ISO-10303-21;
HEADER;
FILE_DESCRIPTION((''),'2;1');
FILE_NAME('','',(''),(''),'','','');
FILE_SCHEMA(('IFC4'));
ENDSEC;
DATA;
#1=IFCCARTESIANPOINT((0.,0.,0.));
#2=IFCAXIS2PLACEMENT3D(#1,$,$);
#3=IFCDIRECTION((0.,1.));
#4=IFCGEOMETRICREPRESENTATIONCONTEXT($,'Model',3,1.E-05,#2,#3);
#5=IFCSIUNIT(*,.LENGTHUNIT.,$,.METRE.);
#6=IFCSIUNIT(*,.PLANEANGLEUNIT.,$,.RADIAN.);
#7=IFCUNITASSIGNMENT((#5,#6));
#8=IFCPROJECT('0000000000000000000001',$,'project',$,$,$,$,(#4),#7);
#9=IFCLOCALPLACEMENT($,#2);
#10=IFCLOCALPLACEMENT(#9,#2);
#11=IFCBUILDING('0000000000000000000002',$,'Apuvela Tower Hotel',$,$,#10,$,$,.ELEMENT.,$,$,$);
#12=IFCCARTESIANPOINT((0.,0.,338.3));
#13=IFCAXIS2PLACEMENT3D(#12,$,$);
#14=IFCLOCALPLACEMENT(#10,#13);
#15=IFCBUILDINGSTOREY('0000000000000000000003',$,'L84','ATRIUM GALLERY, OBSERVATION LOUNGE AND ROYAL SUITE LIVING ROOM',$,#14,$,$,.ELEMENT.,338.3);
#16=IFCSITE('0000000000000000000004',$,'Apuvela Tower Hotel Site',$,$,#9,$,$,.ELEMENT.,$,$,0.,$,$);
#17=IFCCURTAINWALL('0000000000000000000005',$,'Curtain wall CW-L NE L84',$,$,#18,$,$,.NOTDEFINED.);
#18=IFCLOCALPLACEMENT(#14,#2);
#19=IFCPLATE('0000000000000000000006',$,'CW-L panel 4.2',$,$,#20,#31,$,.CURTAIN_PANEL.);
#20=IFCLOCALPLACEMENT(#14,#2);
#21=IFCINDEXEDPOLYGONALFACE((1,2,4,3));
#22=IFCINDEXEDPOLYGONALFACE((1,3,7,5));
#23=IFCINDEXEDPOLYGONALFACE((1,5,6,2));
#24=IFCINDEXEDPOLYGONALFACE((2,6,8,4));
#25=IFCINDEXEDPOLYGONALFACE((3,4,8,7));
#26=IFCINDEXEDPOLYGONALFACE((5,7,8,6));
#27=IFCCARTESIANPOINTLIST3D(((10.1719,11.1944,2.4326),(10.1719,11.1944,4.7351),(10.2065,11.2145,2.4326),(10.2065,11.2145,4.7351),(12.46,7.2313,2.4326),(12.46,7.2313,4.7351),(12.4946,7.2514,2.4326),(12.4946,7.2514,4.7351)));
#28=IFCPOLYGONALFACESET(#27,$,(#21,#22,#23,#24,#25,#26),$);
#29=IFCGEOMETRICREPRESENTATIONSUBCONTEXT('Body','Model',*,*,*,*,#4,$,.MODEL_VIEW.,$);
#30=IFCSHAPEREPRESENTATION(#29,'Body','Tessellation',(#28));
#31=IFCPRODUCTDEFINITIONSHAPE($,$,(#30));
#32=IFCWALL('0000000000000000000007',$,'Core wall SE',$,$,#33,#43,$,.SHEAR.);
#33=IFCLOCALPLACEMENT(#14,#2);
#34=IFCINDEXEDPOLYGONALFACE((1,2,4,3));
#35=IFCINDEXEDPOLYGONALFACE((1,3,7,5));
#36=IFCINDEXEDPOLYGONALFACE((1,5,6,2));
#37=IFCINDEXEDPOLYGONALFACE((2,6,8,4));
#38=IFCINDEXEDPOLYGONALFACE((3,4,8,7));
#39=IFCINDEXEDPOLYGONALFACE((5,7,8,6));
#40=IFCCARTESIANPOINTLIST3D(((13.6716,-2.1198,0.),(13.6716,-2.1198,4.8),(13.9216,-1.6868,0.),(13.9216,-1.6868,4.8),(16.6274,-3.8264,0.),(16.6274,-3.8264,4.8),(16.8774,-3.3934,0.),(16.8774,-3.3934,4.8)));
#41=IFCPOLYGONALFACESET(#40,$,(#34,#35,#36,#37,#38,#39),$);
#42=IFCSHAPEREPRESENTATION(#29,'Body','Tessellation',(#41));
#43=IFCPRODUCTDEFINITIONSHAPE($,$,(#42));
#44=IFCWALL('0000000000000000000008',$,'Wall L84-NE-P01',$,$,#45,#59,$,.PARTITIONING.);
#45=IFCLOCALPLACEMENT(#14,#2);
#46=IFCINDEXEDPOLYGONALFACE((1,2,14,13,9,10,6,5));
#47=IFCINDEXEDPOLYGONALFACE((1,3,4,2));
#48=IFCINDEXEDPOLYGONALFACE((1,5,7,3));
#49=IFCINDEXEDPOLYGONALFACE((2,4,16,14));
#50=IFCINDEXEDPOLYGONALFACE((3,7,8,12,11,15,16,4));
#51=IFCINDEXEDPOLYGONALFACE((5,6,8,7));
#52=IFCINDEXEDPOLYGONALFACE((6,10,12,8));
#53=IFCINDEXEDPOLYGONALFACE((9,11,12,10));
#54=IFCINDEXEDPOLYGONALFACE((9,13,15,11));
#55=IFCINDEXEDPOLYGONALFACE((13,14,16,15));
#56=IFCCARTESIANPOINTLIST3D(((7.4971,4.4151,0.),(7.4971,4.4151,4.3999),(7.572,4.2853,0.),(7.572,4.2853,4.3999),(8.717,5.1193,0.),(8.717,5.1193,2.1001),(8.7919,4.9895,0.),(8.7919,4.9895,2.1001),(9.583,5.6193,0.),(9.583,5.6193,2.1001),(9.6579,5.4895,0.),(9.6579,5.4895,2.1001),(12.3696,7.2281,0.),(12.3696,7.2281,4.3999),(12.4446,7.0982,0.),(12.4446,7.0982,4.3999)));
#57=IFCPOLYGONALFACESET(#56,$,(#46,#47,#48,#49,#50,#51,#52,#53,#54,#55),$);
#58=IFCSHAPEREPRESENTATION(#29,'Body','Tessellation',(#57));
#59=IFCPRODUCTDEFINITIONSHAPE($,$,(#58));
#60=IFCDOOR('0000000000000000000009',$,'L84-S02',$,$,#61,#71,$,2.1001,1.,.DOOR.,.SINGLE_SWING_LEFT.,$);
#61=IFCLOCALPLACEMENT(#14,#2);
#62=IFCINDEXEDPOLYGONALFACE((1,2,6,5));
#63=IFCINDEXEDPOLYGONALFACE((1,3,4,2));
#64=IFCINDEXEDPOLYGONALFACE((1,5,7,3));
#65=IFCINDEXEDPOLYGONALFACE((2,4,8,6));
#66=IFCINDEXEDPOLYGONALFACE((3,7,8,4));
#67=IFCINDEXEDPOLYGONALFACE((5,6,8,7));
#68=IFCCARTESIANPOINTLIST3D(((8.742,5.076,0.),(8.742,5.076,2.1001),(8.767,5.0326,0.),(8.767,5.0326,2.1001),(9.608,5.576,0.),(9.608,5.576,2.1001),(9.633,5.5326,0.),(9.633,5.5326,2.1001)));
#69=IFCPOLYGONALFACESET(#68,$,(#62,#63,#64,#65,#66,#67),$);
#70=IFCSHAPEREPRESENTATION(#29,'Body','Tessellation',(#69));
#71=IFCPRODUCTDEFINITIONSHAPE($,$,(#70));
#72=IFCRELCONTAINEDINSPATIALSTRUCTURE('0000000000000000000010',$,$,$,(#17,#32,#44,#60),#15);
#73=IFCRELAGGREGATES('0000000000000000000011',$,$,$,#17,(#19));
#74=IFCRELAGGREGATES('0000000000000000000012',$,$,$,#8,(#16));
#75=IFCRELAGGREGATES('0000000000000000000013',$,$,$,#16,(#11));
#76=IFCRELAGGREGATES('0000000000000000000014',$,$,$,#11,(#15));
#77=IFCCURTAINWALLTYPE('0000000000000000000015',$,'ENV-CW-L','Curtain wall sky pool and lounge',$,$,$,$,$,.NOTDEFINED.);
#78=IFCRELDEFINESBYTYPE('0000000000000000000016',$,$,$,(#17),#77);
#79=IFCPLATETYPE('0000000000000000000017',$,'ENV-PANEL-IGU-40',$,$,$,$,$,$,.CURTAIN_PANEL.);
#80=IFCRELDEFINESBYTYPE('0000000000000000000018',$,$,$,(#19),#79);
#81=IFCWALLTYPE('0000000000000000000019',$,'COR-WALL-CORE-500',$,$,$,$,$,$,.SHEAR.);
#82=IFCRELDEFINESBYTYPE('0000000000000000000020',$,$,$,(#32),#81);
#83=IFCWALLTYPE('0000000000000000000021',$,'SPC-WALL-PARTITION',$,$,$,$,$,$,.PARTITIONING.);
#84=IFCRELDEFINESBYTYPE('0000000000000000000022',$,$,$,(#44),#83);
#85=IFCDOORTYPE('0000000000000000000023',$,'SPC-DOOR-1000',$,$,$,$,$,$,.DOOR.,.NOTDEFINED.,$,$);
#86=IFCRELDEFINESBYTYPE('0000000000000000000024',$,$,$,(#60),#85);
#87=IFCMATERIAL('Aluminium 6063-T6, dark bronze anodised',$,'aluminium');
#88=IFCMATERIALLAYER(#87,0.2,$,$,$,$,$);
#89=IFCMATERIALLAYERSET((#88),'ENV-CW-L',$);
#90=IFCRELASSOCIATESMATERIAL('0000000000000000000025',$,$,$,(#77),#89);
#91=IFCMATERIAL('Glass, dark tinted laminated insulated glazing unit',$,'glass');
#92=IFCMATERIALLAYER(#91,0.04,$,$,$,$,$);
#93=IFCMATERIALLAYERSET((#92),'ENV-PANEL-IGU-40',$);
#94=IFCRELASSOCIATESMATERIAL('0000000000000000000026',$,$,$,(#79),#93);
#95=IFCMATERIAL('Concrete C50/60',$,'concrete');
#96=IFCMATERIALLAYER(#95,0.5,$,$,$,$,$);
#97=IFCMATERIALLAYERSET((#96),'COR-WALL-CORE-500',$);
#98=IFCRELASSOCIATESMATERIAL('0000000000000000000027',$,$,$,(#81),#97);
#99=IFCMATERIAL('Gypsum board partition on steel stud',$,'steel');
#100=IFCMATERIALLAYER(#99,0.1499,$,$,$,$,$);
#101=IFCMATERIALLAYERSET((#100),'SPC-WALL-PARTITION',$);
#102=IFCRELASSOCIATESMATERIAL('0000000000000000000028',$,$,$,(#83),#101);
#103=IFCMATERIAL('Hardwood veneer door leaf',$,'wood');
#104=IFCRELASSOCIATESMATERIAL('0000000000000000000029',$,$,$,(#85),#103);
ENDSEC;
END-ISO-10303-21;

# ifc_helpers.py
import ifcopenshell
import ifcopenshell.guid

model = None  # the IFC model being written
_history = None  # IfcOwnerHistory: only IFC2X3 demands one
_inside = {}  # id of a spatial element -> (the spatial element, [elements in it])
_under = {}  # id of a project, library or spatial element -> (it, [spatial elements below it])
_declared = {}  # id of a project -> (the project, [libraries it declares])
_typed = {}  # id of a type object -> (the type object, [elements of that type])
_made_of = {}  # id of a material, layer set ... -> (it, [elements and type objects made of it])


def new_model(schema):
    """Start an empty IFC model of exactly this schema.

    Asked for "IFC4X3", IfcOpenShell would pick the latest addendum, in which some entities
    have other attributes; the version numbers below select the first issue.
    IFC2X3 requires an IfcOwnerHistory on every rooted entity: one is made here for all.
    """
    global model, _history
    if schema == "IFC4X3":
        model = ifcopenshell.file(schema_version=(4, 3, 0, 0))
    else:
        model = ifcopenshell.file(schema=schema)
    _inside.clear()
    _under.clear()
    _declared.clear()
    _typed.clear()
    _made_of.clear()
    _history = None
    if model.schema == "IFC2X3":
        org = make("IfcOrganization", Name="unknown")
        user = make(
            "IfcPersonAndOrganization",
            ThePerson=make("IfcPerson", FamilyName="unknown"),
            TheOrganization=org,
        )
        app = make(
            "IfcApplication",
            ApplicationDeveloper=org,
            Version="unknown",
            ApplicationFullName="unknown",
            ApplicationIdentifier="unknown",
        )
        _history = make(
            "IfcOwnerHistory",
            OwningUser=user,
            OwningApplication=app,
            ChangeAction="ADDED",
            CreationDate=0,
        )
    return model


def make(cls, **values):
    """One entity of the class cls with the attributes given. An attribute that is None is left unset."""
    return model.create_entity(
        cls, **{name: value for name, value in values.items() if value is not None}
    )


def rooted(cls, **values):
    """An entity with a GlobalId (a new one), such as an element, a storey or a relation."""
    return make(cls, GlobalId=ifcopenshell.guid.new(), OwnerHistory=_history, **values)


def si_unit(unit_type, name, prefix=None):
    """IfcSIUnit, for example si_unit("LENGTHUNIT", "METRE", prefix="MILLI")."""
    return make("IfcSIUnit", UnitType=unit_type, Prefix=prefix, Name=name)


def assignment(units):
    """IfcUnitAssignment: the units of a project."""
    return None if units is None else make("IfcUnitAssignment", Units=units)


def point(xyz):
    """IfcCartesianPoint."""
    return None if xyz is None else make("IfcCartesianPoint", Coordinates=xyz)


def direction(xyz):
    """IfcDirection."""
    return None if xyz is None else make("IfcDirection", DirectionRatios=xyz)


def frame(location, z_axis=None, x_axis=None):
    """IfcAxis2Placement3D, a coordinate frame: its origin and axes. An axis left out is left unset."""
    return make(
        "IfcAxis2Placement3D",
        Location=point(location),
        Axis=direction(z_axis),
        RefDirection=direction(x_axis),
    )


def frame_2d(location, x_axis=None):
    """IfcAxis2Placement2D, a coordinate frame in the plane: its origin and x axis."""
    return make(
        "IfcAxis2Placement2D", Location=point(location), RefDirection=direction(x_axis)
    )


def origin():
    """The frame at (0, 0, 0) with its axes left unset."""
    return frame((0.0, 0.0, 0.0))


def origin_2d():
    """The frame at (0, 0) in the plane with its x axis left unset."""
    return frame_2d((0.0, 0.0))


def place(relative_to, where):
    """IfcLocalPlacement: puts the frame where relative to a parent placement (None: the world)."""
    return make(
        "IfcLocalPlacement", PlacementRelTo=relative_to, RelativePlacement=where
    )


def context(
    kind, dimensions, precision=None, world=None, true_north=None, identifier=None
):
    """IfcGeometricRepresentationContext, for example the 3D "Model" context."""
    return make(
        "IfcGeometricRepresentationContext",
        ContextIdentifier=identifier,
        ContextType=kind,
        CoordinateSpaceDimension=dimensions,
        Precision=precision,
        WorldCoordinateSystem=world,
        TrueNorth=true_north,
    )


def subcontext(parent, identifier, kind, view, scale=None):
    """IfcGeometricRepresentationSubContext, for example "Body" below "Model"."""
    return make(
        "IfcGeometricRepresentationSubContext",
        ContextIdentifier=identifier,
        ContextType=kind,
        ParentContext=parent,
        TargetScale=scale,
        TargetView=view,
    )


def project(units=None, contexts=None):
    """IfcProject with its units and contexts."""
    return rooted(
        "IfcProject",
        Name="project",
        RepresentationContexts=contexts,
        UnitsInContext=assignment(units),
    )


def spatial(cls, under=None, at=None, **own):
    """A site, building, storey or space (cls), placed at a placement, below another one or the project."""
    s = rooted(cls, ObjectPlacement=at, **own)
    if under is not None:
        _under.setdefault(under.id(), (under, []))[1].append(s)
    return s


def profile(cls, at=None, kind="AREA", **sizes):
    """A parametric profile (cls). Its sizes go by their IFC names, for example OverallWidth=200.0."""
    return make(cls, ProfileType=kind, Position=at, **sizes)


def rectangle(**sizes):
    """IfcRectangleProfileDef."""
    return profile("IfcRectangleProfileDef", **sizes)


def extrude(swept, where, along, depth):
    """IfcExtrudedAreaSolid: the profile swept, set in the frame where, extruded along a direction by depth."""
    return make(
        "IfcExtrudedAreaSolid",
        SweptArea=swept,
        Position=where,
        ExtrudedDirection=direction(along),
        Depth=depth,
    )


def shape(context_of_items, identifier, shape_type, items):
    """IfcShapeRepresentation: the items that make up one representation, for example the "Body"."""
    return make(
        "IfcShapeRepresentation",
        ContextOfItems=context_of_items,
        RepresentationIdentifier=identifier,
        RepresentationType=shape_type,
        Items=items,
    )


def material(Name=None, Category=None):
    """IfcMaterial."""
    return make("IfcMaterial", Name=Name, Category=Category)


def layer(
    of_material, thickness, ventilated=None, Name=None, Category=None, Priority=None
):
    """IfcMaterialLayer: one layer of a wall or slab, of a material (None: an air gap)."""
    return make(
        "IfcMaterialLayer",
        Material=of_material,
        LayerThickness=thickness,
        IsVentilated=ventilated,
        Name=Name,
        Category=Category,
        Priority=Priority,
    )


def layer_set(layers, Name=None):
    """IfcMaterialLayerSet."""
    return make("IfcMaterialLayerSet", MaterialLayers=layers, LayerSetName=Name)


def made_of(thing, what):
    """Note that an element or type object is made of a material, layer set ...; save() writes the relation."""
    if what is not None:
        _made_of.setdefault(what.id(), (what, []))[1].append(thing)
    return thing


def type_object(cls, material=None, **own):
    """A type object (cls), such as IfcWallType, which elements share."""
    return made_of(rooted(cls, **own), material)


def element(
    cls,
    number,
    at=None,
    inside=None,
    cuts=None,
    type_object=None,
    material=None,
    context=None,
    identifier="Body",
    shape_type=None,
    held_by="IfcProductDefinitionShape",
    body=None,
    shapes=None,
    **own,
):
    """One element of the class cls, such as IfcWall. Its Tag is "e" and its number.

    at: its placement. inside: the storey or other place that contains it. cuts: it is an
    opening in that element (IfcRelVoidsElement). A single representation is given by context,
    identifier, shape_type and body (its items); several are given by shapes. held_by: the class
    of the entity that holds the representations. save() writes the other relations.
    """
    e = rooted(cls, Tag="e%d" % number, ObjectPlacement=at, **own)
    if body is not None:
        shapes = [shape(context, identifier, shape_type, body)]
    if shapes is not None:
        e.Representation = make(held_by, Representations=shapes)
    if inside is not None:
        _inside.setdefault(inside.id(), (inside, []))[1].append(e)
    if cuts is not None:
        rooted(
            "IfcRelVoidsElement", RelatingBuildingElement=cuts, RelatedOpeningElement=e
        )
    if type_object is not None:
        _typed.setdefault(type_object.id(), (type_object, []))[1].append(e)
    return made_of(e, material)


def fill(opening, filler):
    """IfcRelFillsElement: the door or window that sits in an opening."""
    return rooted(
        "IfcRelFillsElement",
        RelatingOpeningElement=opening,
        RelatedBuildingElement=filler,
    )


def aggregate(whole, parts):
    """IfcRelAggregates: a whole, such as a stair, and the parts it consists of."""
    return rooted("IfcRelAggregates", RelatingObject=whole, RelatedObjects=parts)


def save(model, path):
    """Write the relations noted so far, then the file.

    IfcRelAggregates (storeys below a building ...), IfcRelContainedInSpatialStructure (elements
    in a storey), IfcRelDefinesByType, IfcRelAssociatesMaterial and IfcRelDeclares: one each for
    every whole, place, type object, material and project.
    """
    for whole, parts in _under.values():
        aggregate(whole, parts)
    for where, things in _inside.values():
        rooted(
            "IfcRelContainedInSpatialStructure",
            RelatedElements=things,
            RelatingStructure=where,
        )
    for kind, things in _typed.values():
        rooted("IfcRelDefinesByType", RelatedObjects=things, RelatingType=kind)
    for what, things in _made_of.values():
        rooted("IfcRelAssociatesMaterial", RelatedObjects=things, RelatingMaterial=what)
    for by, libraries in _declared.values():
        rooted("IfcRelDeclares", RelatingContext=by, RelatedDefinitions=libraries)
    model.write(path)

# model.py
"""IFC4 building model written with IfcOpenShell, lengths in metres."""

from ifc_helpers import new_model, si_unit, direction, frame, frame_2d, origin, origin_2d, place, context, subcontext, project, spatial, rectangle, extrude, material, layer, layer_set, type_object, element, fill, aggregate, save


model = new_model("IFC4")

# Units and contexts
model_context = context("Model", 3, precision=1e-05, world=origin(), true_north=direction((0.0, 1.0)))
body_context = subcontext(model_context, "Body", "Model", "MODEL_VIEW")
ifc_project = project(units=[si_unit("LENGTHUNIT", "METRE"), si_unit("PLANEANGLEUNIT", "RADIAN")], contexts=[model_context])

# Site, building, storey
site_placement = place(None, origin())
site = spatial("IfcSite", under=ifc_project, at=site_placement, Name="Apuvela Tower Hotel Site", CompositionType="ELEMENT", RefElevation=0.0)
building_placement = place(site_placement, origin())
building = spatial("IfcBuilding", under=site, at=building_placement, Name="Apuvela Tower Hotel", CompositionType="ELEMENT")
storey_placement = place(building_placement, frame((0.0, 0.0, 338.3)))
storey = spatial("IfcBuildingStorey", under=building, at=storey_placement, Name="L84", Description="ATRIUM GALLERY, OBSERVATION LOUNGE AND ROYAL SUITE LIVING ROOM", CompositionType="ELEMENT", Elevation=338.3)

# Curtain wall
ifc_material_1 = material(Name="Aluminium 6063-T6, dark bronze anodised", Category="aluminium")
ifc_layer_1 = layer(ifc_material_1, 0.2)
ifc_layer_set_1 = layer_set([ifc_layer_1], Name="ENV-CW-L")
curtain_wall_type = type_object("IfcCurtainWallType", Name="ENV-CW-L", Description="Curtain wall sky pool and lounge", PredefinedType="NOTDEFINED", material=ifc_layer_set_1)
curtain_wall_placement = place(storey_placement, origin())
curtain_wall = element("IfcCurtainWall", 1, at=curtain_wall_placement, inside=storey, type_object=curtain_wall_type, Name="Curtain wall CW-L NE L84", PredefinedType="NOTDEFINED")

# Shared definitions
ifc_material_2 = material(Name="Concrete C50/60", Category="concrete")

# Plate
ifc_material_3 = material(Name="Glass, dark tinted laminated insulated glazing unit", Category="glass")
ifc_layer_2 = layer(ifc_material_3, 0.04)
ifc_layer_set_2 = layer_set([ifc_layer_2], Name="ENV-PANEL-IGU-40")
plate_type = type_object("IfcPlateType", Name="ENV-PANEL-IGU-40", PredefinedType="CURTAIN_PANEL", material=ifc_layer_set_2)
plate_1_placement = place(storey_placement, frame((11.3333, 9.2229, 2.4326), z_axis=(0.0, 0.0, 1.0), x_axis=(-0.499999, 0.866026, 0.0)))
plate_1 = element("IfcPlate", 2, at=plate_1_placement, type_object=plate_type, Name="CW-L panel 4.2", PredefinedType="CURTAIN_PANEL", context=body_context, shape_type="SweptSolid", body=[
    extrude(rectangle(XDim=4.5762, YDim=0.04, at=origin_2d()), origin(), (0.0, 0.0, 1.0), 2.3025),
])
aggregate(curtain_wall, [plate_1])

# Wall
ifc_layer_3 = layer(ifc_material_2, 0.5)
ifc_layer_set_3 = layer_set([ifc_layer_3], Name="COR-WALL-CORE-500")
wall_type_1 = type_object("IfcWallType", Name="COR-WALL-CORE-500", PredefinedType="SHEAR", material=ifc_layer_set_3)
wall_1_placement = place(storey_placement, frame((13.7966, -1.9033, 0.0), z_axis=(0.0, 0.0, 1.0), x_axis=(0.866025, -0.500001, 0.0)))
element("IfcWall", 3, at=wall_1_placement, inside=storey, type_object=wall_type_1, Name="Core wall SE", PredefinedType="SHEAR", context=body_context, shape_type="SweptSolid", body=[
    extrude(rectangle(XDim=3.4131, YDim=0.5, at=frame_2d((1.7065, 0.0))), origin(), (0.0, 0.0, 1.0), 4.8),
])

# Wall, opening, door
ifc_material_4 = material(Name="Gypsum board partition on steel stud", Category="steel")
ifc_layer_4 = layer(ifc_material_4, 0.1499)
ifc_layer_set_4 = layer_set([ifc_layer_4], Name="SPC-WALL-PARTITION")
wall_type_2 = type_object("IfcWallType", Name="SPC-WALL-PARTITION", PredefinedType="PARTITIONING", material=ifc_layer_set_4)
wall_2_placement = place(storey_placement, frame((12.407, 7.1631, 0.0), z_axis=(0.0, 0.0, 1.0), x_axis=(-0.86604, -0.499975, 0.0)))
wall_2 = element("IfcWall", 4, at=wall_2_placement, inside=storey, type_object=wall_type_2, Name="Wall L84-NE-P01", PredefinedType="PARTITIONING", context=body_context, shape_type="SweptSolid", body=[
    extrude(rectangle(XDim=5.6262, YDim=0.1499, at=frame_2d((2.813, 0.0))), origin(), (0.0, 0.0, 1.0), 4.3999),
])
opening_placement = place(wall_2_placement, frame((3.2175, 0.0, 0.0)))
opening = element("IfcOpeningElement", 5, at=opening_placement, cuts=wall_2, PredefinedType="OPENING", context=body_context, shape_type="SweptSolid", body=[
    extrude(rectangle(XDim=1.0, YDim=2.1001, at=frame_2d((0.5, 1.05))), frame((0.0, 0.085, 0.0), z_axis=(0.0, -1.0, 0.0), x_axis=(1.0, 0.0, 0.0)), (0.0, 0.0, 1.0), 0.1699),
])
ifc_material_5 = material(Name="Hardwood veneer door leaf", Category="wood")
door_type = type_object("IfcDoorType", Name="SPC-DOOR-1000", OperationType="NOTDEFINED", PredefinedType="DOOR", material=ifc_material_5)
door_placement = place(opening_placement, frame((1.0, 0.0, 0.0), z_axis=(0.0, 0.0, 1.0), x_axis=(-1.0, 0.0, 0.0)))
door = element("IfcDoor", 6, at=door_placement, inside=storey, type_object=door_type, Name="L84-S02", OperationType="SINGLE_SWING_LEFT", OverallHeight=2.1001, OverallWidth=1.0, PredefinedType="DOOR", context=body_context, shape_type="SweptSolid", body=[
    extrude(rectangle(XDim=1.0, YDim=2.1001, at=frame_2d((0.5, 1.05))), frame((0.0, 0.0249, 0.0), z_axis=(0.0, -1.0, 0.0), x_axis=(1.0, 0.0, 0.0)), (0.0, 0.0, 1.0), 0.05),
])
fill(opening, door)

save(model, "model.ifc")
